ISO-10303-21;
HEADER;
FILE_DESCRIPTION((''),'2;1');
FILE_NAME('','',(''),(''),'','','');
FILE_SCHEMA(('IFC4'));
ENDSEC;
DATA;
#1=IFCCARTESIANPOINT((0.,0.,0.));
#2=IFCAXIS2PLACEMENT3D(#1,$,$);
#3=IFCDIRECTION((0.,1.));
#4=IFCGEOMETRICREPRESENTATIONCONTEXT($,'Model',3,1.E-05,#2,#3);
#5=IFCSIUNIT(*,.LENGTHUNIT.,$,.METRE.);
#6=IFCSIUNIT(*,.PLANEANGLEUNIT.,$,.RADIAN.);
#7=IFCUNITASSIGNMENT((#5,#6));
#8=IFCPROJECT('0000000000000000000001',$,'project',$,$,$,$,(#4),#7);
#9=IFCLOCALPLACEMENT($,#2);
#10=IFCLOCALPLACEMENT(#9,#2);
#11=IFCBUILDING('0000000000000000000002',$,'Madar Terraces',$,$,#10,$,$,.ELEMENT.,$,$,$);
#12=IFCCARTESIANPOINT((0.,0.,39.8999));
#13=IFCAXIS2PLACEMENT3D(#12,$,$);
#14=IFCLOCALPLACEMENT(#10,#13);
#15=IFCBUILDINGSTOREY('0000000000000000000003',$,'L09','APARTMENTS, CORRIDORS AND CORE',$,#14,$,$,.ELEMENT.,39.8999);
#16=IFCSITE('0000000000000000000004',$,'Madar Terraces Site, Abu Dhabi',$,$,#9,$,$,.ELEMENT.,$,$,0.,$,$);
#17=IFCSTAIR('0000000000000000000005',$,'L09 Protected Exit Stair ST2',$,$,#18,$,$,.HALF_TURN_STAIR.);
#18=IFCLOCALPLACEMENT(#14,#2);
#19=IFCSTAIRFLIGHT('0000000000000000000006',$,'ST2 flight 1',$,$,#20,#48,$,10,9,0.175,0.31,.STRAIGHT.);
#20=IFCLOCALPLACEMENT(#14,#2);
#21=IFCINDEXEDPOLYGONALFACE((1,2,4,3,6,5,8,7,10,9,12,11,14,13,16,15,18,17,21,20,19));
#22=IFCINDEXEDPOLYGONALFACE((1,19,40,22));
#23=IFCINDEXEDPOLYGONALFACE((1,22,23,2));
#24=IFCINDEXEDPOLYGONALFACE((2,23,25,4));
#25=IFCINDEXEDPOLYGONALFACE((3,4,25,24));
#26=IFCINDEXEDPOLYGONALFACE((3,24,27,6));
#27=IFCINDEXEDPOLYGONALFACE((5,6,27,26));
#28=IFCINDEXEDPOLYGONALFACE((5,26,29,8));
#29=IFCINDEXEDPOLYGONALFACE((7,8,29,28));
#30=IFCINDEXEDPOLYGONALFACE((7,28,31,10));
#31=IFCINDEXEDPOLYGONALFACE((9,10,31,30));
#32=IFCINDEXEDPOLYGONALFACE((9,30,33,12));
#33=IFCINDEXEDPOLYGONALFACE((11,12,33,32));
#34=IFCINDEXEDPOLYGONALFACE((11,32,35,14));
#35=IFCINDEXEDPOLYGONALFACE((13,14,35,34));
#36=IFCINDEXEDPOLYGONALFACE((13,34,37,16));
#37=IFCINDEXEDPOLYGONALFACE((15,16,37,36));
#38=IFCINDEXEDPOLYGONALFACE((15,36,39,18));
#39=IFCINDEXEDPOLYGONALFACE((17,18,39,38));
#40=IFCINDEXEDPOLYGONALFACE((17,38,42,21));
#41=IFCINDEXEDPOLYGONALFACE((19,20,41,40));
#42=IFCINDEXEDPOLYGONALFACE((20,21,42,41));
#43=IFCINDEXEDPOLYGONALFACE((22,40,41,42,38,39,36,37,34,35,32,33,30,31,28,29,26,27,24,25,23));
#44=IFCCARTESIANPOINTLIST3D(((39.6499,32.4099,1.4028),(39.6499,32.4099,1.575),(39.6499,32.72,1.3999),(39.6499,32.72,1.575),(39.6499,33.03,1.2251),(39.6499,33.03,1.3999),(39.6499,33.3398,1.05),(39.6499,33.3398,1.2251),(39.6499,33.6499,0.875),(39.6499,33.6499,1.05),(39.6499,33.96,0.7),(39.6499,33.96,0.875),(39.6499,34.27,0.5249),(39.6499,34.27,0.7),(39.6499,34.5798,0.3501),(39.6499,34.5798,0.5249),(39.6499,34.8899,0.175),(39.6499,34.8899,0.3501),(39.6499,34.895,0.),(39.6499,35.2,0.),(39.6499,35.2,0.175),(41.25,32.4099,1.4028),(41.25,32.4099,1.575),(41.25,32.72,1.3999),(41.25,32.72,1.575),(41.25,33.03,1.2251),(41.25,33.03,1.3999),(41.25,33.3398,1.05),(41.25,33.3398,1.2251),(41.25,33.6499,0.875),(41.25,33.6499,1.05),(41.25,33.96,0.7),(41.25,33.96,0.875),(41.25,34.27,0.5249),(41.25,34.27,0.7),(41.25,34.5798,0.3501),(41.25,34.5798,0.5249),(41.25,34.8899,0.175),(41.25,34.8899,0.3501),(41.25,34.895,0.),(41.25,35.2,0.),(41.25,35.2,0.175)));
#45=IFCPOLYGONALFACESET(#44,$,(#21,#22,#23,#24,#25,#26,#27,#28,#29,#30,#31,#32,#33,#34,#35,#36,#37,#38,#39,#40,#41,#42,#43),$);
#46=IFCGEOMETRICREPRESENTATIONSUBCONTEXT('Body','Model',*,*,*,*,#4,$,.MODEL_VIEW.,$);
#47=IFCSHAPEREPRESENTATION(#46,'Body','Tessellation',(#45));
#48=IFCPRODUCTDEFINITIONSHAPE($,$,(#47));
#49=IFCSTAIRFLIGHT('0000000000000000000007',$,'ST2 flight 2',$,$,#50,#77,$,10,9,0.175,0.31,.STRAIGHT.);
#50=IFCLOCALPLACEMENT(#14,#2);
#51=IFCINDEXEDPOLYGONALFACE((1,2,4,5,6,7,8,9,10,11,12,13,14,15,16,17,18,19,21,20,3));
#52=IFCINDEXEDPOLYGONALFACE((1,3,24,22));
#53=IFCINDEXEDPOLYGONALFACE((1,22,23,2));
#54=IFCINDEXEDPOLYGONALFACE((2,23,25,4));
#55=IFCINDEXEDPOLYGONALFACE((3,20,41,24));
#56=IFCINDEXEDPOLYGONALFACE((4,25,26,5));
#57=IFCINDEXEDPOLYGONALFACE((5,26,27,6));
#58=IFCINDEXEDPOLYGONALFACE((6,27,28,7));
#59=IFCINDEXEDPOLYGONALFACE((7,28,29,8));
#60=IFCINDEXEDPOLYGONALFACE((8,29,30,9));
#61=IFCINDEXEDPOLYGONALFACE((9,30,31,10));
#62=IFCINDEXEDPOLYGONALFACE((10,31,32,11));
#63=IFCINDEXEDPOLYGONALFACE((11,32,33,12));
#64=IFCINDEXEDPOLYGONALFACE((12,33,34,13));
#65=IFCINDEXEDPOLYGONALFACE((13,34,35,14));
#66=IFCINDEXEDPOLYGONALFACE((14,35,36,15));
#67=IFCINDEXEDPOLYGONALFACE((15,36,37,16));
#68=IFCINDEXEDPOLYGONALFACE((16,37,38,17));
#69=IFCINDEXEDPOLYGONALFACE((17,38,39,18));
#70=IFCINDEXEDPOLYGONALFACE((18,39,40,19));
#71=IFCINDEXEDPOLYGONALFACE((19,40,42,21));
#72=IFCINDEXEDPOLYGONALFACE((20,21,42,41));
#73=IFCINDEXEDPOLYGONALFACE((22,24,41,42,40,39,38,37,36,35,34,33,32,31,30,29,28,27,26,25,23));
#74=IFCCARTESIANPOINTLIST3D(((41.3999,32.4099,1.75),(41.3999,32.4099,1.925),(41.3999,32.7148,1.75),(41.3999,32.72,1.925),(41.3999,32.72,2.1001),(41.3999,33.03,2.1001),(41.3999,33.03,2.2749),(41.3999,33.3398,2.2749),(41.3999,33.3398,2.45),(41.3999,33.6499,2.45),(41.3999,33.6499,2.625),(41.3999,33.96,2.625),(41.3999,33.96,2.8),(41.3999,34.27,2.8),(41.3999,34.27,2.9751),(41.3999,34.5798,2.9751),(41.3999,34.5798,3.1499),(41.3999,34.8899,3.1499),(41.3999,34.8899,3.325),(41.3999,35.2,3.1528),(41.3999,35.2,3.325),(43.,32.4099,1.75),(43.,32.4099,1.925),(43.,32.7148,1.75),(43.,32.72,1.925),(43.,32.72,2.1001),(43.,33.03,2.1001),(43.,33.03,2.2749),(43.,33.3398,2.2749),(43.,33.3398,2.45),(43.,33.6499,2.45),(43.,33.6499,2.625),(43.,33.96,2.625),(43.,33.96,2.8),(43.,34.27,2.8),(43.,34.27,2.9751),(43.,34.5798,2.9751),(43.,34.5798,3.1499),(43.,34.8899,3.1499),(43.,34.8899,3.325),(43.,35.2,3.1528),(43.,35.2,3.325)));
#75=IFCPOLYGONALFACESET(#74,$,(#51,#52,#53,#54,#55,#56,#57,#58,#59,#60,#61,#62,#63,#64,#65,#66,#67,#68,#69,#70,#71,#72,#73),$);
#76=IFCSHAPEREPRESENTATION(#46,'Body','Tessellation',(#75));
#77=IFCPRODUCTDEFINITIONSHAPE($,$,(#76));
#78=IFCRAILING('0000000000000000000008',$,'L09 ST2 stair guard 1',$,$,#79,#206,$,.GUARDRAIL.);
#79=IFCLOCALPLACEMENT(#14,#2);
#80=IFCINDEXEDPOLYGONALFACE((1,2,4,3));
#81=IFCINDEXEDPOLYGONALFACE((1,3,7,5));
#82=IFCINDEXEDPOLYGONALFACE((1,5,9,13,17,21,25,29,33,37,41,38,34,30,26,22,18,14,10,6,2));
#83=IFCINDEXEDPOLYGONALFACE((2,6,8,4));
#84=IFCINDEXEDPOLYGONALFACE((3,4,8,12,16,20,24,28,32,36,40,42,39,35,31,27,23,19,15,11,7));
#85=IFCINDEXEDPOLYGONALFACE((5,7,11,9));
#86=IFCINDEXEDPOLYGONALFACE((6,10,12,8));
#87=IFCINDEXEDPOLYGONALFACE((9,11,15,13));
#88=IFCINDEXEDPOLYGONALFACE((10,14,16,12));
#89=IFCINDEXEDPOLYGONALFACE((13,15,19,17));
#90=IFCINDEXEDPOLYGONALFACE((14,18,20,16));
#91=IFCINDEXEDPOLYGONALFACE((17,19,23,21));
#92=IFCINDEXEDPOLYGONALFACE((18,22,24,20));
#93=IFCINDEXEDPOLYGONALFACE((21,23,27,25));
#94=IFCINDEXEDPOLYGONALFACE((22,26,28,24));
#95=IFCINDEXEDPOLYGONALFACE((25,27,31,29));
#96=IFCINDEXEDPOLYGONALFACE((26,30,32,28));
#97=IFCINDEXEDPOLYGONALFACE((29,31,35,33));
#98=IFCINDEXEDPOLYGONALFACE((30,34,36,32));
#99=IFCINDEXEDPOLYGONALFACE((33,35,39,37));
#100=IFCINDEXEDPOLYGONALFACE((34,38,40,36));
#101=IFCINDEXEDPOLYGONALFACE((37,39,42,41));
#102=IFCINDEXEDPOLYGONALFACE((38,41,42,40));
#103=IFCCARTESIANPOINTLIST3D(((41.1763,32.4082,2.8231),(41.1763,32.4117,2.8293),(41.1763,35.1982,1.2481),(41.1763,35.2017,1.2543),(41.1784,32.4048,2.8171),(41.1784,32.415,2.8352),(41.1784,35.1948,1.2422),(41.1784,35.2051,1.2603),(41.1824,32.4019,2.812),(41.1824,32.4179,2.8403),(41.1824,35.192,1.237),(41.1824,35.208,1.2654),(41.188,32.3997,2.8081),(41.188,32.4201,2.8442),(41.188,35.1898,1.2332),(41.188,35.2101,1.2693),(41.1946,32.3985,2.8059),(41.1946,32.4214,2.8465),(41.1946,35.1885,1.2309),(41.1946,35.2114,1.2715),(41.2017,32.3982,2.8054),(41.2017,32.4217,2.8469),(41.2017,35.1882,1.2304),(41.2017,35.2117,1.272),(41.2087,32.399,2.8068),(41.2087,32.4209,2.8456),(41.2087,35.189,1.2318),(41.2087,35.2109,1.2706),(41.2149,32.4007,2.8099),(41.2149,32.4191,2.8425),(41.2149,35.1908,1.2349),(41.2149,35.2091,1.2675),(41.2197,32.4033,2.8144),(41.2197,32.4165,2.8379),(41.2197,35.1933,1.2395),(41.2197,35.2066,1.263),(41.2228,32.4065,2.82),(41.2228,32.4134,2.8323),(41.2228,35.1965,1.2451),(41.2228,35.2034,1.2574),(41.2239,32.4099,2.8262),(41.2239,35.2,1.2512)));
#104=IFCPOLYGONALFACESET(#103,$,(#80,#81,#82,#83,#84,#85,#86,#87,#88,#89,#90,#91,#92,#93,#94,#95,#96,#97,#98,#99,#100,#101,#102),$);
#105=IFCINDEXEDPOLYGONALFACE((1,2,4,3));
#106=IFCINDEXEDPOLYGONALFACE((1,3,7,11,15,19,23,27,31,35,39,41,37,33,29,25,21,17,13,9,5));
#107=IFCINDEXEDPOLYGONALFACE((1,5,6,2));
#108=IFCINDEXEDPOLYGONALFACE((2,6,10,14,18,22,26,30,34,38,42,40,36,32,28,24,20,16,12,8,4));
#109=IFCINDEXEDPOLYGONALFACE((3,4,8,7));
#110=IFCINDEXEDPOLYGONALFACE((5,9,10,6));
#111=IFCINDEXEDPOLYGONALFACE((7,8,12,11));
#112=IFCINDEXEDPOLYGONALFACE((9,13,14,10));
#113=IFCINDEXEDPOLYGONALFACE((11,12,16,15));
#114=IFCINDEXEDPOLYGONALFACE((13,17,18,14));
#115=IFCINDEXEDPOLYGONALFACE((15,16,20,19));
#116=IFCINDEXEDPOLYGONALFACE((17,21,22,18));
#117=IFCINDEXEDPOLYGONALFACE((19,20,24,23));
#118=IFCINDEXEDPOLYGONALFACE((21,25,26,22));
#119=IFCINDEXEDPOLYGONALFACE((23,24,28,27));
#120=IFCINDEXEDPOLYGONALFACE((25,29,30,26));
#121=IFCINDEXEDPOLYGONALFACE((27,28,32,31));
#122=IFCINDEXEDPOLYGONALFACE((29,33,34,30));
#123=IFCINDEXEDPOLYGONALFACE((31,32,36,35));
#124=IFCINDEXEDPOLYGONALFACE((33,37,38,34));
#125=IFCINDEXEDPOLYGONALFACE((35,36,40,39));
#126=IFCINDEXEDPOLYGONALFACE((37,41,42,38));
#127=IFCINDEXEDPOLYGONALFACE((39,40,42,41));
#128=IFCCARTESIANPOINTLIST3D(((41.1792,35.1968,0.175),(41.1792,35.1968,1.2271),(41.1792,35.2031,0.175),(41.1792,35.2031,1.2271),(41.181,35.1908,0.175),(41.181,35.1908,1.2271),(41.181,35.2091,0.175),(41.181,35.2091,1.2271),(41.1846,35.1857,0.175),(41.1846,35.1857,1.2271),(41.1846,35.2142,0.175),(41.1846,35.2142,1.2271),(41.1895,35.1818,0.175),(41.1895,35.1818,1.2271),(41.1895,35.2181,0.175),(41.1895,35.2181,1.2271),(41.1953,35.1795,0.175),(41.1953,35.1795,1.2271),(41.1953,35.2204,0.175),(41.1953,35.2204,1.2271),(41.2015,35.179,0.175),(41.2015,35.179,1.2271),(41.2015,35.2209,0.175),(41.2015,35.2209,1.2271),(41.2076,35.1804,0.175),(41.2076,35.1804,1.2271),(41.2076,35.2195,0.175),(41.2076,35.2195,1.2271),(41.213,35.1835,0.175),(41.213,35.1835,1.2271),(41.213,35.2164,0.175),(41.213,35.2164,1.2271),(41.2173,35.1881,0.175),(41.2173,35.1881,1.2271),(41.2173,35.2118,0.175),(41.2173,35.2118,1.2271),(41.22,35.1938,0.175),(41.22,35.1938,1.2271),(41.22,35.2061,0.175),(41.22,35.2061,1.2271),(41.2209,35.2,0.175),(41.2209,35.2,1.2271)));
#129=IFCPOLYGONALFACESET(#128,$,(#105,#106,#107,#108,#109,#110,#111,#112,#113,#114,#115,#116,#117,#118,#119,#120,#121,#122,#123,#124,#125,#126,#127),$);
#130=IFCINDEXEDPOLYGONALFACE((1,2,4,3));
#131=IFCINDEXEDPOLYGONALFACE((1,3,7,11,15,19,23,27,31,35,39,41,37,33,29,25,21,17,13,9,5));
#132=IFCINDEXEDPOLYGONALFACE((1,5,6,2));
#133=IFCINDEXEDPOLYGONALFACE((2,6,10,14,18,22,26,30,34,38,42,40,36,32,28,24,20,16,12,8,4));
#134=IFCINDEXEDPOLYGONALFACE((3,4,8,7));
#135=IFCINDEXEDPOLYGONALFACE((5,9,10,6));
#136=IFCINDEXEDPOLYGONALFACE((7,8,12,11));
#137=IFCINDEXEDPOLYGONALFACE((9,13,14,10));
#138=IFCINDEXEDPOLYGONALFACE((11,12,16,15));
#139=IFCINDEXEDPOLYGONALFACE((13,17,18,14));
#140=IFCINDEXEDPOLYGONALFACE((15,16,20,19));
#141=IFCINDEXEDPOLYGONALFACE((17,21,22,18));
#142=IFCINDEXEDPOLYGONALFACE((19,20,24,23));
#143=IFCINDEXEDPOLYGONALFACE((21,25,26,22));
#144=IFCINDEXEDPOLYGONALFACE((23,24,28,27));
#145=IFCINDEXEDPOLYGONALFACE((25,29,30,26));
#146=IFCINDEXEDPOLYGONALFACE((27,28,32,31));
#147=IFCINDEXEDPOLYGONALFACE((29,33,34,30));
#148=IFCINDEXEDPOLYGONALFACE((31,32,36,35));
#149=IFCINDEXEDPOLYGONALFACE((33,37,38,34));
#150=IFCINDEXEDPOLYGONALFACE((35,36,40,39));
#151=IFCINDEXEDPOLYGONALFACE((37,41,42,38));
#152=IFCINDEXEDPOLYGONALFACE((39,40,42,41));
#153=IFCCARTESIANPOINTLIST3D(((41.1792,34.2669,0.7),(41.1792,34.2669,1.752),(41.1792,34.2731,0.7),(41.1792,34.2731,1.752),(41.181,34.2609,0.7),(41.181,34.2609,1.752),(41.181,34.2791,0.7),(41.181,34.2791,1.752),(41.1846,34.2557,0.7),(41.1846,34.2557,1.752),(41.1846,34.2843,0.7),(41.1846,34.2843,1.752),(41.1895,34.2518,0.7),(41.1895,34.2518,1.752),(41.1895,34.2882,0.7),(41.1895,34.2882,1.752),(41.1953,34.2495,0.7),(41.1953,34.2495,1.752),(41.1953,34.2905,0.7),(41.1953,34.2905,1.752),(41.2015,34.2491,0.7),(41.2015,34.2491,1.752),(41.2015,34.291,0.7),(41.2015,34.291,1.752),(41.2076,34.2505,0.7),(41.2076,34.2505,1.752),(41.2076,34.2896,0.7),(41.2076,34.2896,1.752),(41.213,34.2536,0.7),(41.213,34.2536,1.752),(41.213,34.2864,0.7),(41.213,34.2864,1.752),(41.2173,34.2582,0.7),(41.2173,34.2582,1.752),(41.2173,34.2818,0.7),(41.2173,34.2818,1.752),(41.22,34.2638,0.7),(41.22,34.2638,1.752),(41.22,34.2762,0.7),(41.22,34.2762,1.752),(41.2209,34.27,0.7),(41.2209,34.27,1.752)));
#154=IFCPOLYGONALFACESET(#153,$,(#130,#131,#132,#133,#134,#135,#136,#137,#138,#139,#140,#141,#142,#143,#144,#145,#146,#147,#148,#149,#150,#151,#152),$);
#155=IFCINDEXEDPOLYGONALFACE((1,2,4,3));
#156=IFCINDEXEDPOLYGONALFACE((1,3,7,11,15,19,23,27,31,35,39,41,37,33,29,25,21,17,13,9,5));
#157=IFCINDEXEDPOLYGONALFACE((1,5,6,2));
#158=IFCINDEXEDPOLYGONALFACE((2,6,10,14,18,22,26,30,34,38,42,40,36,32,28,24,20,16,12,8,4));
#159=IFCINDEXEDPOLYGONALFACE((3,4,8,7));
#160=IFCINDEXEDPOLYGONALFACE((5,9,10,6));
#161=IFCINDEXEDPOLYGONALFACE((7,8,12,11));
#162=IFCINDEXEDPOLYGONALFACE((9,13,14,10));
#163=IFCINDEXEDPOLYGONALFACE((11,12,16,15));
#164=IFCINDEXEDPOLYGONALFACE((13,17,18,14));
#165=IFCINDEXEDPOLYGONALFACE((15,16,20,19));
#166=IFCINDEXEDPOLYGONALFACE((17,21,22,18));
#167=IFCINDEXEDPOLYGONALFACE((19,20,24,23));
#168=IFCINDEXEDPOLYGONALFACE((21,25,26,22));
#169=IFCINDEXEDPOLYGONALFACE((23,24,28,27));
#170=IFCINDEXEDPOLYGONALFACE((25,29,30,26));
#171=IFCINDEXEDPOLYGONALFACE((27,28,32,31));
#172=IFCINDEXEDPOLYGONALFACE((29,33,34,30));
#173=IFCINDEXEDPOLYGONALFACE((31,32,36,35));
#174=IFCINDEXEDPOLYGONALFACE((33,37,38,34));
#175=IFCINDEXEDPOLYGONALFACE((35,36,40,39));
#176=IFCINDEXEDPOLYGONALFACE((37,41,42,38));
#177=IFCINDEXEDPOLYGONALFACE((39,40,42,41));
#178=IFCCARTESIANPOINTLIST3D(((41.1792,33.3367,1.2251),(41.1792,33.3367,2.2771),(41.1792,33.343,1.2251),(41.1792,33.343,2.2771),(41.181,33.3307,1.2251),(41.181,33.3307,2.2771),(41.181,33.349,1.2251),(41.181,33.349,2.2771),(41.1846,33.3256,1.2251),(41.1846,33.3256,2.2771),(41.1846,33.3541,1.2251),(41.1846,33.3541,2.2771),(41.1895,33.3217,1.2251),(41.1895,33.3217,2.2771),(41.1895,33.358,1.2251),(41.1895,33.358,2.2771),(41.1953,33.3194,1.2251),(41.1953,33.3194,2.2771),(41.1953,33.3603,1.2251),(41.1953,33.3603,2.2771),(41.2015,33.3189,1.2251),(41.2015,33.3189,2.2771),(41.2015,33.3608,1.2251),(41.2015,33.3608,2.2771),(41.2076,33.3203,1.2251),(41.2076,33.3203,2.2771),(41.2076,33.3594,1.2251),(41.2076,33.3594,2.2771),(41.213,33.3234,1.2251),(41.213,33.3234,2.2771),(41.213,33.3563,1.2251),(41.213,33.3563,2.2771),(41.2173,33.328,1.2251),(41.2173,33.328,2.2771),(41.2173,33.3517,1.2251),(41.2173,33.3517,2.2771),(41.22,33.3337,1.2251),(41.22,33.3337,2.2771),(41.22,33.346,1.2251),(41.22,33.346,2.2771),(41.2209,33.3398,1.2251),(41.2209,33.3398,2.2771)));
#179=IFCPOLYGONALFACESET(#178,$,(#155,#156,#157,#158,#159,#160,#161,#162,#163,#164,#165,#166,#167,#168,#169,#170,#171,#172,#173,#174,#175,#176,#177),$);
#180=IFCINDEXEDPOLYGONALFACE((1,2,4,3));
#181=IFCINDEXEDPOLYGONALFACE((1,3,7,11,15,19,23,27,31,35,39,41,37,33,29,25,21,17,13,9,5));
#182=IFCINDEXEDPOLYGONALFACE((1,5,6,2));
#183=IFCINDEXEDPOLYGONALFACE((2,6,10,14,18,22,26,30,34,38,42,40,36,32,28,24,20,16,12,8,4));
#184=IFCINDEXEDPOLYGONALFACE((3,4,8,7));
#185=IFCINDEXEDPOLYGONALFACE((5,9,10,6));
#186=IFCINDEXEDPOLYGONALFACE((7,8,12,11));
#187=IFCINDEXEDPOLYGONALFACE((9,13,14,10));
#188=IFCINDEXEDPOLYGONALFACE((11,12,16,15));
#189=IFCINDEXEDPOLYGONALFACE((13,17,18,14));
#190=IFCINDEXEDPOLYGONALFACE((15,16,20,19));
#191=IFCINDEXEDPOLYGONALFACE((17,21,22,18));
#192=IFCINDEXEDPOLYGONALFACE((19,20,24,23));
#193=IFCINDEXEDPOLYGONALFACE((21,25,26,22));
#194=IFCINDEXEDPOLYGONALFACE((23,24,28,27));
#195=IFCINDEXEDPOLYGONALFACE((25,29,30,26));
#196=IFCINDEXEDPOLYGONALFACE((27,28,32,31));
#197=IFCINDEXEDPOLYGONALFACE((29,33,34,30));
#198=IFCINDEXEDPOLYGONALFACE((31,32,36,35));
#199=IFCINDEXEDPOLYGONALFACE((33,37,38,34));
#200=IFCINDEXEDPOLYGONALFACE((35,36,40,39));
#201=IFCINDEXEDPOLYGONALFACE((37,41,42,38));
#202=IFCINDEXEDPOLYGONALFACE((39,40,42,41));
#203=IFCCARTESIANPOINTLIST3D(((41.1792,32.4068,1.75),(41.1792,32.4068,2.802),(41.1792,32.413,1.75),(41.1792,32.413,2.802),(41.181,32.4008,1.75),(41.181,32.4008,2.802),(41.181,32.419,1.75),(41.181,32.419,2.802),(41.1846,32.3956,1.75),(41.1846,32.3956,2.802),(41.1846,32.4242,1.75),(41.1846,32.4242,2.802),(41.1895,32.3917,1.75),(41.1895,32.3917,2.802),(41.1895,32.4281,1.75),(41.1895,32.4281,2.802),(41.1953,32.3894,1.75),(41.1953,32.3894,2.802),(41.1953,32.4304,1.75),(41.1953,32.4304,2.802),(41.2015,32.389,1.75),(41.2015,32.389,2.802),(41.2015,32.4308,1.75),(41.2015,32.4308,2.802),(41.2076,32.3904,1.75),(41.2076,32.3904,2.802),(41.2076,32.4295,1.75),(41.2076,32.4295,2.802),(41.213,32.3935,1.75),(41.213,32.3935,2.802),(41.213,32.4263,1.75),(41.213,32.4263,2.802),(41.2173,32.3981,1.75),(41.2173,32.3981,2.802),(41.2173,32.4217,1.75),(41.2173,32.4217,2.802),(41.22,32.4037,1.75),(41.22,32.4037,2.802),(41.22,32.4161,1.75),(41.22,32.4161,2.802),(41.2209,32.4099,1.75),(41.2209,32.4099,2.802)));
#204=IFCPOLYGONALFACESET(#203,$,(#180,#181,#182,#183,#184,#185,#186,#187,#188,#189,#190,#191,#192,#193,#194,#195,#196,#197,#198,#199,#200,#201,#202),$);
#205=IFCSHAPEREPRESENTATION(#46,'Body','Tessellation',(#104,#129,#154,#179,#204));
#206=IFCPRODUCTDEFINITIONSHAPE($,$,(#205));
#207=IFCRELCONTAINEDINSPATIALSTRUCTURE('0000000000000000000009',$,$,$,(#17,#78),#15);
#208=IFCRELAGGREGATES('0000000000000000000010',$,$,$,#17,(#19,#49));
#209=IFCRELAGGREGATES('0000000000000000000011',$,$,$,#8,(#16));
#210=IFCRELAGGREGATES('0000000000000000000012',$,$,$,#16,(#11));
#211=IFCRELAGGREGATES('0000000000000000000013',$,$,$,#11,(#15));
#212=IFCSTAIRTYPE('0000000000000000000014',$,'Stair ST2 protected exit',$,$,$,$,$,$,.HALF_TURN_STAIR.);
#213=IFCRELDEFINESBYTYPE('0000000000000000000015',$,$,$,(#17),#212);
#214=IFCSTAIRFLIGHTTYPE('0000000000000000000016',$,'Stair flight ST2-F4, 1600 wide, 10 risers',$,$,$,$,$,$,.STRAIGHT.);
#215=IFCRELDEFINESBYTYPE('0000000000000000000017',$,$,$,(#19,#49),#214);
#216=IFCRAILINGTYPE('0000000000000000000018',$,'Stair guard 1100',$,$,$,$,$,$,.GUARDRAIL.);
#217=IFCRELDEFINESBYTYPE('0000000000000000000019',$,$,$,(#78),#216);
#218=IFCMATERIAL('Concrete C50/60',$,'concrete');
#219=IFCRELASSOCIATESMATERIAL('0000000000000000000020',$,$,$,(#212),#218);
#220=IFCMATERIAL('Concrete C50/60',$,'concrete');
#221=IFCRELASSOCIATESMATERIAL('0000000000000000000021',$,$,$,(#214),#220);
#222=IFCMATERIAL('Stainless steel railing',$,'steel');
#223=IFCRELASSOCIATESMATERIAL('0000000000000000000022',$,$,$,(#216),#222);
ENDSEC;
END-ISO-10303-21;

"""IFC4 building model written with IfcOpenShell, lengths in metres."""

from ifc_helpers import new_model, si_unit, direction, frame, origin, origin_2d, place, context, subcontext, project, spatial, polyline, circle, outline, extrude, material, type_object, element, aggregate, save


model = new_model("IFC4")

# Units and contexts
model_context = context("Model", 3, precision=1e-05, world=origin(), true_north=direction((0.0, 1.0)))
body_context = subcontext(model_context, "Body", "Model", "MODEL_VIEW")
ifc_project = project(units=[si_unit("LENGTHUNIT", "METRE"), si_unit("PLANEANGLEUNIT", "RADIAN")], contexts=[model_context])

# Site, building, storey
site_placement = place(None, origin())
site = spatial("IfcSite", under=ifc_project, at=site_placement, Name="Madar Terraces Site, Abu Dhabi", CompositionType="ELEMENT", RefElevation=0.0)
building_placement = place(site_placement, origin())
building = spatial("IfcBuilding", under=site, at=building_placement, Name="Madar Terraces", CompositionType="ELEMENT")
storey_placement = place(building_placement, frame((0.0, 0.0, 39.8999)))
storey = spatial("IfcBuildingStorey", under=building, at=storey_placement, Name="L09", Description="APARTMENTS, CORRIDORS AND CORE", CompositionType="ELEMENT", Elevation=39.8999)

# Stair, stair flights
ifc_material_1 = material(Name="Concrete C50/60", Category="concrete")
stair_type = type_object("IfcStairType", Name="Stair ST2 protected exit", PredefinedType="HALF_TURN_STAIR", material=ifc_material_1)
stair_placement = place(storey_placement, origin())
stair = element("IfcStair", 1, at=stair_placement, inside=storey, type_object=stair_type, Name="L09 Protected Exit Stair ST2", PredefinedType="HALF_TURN_STAIR")
ifc_material_2 = material(Name="Concrete C50/60", Category="concrete")
stair_flight_type = type_object("IfcStairFlightType", Name="Stair flight ST2-F4, 1600 wide, 10 risers", PredefinedType="STRAIGHT", material=ifc_material_2)
stair_flight_1_placement = place(storey_placement, frame((40.45, 35.2, 0.0), z_axis=(0.0, 0.0, 1.0), x_axis=(0.0, -1.0, 0.0)))
stair_flight_1 = element("IfcStairFlight", 2, at=stair_flight_1_placement, type_object=stair_flight_type, Name="ST2 flight 1", NumberOfRisers=10, NumberOfTreads=9, PredefinedType="STRAIGHT", RiserHeight=0.175, TreadLength=0.31, context=body_context, shape_type="SweptSolid", body=[
    extrude(outline(polyline([(0.0, 0.0), (0.0, 0.175), (0.3101, 0.175), (0.3101, 0.3501), (0.6201, 0.3501), (0.6201, 0.5249), (0.9299, 0.5249), (0.9299, 0.7), (1.24, 0.7), (1.24, 0.875), (1.55, 0.875), (1.55, 1.05), (1.8601, 1.05), (1.8601, 1.2251), (2.1699, 1.2251), (2.1699, 1.3999), (2.48, 1.3999), (2.48, 1.575), (2.79, 1.575), (2.79, 1.75), (2.79, 1.4028), (0.3049, 0.0), (0.0, 0.0)])), frame((0.0, 0.8, 0.0), z_axis=(0.0, -1.0, 0.0), x_axis=(1.0, 0.0, 0.0)), (0.0, 0.0, 1.0), 1.6001),
])
stair_flight_2_placement = place(storey_placement, frame((42.2, 32.4099, 1.75), z_axis=(0.0, 0.0, 1.0), x_axis=(0.0, 1.0, 0.0)))
stair_flight_2 = element("IfcStairFlight", 3, at=stair_flight_2_placement, type_object=stair_flight_type, Name="ST2 flight 2", NumberOfRisers=10, NumberOfTreads=9, PredefinedType="STRAIGHT", RiserHeight=0.175, TreadLength=0.31, context=body_context, shape_type="SweptSolid", body=[
    extrude(outline(polyline([(0.0, 0.0), (0.0, 0.175), (0.3101, 0.175), (0.3101, 0.3501), (0.6201, 0.3501), (0.6201, 0.5249), (0.9299, 0.5249), (0.9299, 0.7), (1.24, 0.7), (1.24, 0.875), (1.55, 0.875), (1.55, 1.05), (1.8601, 1.05), (1.8601, 1.2251), (2.1699, 1.2251), (2.1699, 1.3999), (2.48, 1.3999), (2.48, 1.575), (2.79, 1.575), (2.79, 1.75), (2.79, 1.4028), (0.3049, 0.0), (0.0, 0.0)])), frame((0.0, 0.8, 0.0), z_axis=(0.0, -1.0, 0.0), x_axis=(1.0, 0.0, 0.0)), (0.0, 0.0, 1.0), 1.6001),
])
aggregate(stair, [stair_flight_1, stair_flight_2])

# Railing
ifc_material_3 = material(Name="Stainless steel railing", Category="steel")
railing_type_1 = type_object("IfcRailingType", Name="Stair guard 1100", PredefinedType="GUARDRAIL", material=ifc_material_3)
railing_1_placement = place(storey_placement, frame((41.2, 35.2, 0.175)))
element("IfcRailing", 4, at=railing_1_placement, inside=storey, type_object=railing_type_1, Name="L09 ST2 stair guard 1", PredefinedType="GUARDRAIL", context=body_context, shape_type="SweptSolid", body=[
    extrude(circle(Radius=0.0239, at=origin_2d()), frame((0.0, 0.0, 1.0762), z_axis=(0.0, -0.870834, 0.491578), x_axis=(1.0, 0.0, 0.0)), (0.0, 0.0, 1.0), 3.2039),
    extrude(circle(Radius=0.021, at=origin_2d()), origin(), (0.0, 0.0, 1.0), 1.052),
    extrude(circle(Radius=0.021, at=origin_2d()), frame((0.0, -0.9299, 0.5249)), (0.0, 0.0, 1.0), 1.052),
    extrude(circle(Radius=0.021, at=origin_2d()), frame((0.0, -1.8601, 1.05)), (0.0, 0.0, 1.0), 1.052),
    extrude(circle(Radius=0.021, at=origin_2d()), frame((0.0, -2.79, 1.575)), (0.0, 0.0, 1.0), 1.052),
])

save(model, "model.ifc")
